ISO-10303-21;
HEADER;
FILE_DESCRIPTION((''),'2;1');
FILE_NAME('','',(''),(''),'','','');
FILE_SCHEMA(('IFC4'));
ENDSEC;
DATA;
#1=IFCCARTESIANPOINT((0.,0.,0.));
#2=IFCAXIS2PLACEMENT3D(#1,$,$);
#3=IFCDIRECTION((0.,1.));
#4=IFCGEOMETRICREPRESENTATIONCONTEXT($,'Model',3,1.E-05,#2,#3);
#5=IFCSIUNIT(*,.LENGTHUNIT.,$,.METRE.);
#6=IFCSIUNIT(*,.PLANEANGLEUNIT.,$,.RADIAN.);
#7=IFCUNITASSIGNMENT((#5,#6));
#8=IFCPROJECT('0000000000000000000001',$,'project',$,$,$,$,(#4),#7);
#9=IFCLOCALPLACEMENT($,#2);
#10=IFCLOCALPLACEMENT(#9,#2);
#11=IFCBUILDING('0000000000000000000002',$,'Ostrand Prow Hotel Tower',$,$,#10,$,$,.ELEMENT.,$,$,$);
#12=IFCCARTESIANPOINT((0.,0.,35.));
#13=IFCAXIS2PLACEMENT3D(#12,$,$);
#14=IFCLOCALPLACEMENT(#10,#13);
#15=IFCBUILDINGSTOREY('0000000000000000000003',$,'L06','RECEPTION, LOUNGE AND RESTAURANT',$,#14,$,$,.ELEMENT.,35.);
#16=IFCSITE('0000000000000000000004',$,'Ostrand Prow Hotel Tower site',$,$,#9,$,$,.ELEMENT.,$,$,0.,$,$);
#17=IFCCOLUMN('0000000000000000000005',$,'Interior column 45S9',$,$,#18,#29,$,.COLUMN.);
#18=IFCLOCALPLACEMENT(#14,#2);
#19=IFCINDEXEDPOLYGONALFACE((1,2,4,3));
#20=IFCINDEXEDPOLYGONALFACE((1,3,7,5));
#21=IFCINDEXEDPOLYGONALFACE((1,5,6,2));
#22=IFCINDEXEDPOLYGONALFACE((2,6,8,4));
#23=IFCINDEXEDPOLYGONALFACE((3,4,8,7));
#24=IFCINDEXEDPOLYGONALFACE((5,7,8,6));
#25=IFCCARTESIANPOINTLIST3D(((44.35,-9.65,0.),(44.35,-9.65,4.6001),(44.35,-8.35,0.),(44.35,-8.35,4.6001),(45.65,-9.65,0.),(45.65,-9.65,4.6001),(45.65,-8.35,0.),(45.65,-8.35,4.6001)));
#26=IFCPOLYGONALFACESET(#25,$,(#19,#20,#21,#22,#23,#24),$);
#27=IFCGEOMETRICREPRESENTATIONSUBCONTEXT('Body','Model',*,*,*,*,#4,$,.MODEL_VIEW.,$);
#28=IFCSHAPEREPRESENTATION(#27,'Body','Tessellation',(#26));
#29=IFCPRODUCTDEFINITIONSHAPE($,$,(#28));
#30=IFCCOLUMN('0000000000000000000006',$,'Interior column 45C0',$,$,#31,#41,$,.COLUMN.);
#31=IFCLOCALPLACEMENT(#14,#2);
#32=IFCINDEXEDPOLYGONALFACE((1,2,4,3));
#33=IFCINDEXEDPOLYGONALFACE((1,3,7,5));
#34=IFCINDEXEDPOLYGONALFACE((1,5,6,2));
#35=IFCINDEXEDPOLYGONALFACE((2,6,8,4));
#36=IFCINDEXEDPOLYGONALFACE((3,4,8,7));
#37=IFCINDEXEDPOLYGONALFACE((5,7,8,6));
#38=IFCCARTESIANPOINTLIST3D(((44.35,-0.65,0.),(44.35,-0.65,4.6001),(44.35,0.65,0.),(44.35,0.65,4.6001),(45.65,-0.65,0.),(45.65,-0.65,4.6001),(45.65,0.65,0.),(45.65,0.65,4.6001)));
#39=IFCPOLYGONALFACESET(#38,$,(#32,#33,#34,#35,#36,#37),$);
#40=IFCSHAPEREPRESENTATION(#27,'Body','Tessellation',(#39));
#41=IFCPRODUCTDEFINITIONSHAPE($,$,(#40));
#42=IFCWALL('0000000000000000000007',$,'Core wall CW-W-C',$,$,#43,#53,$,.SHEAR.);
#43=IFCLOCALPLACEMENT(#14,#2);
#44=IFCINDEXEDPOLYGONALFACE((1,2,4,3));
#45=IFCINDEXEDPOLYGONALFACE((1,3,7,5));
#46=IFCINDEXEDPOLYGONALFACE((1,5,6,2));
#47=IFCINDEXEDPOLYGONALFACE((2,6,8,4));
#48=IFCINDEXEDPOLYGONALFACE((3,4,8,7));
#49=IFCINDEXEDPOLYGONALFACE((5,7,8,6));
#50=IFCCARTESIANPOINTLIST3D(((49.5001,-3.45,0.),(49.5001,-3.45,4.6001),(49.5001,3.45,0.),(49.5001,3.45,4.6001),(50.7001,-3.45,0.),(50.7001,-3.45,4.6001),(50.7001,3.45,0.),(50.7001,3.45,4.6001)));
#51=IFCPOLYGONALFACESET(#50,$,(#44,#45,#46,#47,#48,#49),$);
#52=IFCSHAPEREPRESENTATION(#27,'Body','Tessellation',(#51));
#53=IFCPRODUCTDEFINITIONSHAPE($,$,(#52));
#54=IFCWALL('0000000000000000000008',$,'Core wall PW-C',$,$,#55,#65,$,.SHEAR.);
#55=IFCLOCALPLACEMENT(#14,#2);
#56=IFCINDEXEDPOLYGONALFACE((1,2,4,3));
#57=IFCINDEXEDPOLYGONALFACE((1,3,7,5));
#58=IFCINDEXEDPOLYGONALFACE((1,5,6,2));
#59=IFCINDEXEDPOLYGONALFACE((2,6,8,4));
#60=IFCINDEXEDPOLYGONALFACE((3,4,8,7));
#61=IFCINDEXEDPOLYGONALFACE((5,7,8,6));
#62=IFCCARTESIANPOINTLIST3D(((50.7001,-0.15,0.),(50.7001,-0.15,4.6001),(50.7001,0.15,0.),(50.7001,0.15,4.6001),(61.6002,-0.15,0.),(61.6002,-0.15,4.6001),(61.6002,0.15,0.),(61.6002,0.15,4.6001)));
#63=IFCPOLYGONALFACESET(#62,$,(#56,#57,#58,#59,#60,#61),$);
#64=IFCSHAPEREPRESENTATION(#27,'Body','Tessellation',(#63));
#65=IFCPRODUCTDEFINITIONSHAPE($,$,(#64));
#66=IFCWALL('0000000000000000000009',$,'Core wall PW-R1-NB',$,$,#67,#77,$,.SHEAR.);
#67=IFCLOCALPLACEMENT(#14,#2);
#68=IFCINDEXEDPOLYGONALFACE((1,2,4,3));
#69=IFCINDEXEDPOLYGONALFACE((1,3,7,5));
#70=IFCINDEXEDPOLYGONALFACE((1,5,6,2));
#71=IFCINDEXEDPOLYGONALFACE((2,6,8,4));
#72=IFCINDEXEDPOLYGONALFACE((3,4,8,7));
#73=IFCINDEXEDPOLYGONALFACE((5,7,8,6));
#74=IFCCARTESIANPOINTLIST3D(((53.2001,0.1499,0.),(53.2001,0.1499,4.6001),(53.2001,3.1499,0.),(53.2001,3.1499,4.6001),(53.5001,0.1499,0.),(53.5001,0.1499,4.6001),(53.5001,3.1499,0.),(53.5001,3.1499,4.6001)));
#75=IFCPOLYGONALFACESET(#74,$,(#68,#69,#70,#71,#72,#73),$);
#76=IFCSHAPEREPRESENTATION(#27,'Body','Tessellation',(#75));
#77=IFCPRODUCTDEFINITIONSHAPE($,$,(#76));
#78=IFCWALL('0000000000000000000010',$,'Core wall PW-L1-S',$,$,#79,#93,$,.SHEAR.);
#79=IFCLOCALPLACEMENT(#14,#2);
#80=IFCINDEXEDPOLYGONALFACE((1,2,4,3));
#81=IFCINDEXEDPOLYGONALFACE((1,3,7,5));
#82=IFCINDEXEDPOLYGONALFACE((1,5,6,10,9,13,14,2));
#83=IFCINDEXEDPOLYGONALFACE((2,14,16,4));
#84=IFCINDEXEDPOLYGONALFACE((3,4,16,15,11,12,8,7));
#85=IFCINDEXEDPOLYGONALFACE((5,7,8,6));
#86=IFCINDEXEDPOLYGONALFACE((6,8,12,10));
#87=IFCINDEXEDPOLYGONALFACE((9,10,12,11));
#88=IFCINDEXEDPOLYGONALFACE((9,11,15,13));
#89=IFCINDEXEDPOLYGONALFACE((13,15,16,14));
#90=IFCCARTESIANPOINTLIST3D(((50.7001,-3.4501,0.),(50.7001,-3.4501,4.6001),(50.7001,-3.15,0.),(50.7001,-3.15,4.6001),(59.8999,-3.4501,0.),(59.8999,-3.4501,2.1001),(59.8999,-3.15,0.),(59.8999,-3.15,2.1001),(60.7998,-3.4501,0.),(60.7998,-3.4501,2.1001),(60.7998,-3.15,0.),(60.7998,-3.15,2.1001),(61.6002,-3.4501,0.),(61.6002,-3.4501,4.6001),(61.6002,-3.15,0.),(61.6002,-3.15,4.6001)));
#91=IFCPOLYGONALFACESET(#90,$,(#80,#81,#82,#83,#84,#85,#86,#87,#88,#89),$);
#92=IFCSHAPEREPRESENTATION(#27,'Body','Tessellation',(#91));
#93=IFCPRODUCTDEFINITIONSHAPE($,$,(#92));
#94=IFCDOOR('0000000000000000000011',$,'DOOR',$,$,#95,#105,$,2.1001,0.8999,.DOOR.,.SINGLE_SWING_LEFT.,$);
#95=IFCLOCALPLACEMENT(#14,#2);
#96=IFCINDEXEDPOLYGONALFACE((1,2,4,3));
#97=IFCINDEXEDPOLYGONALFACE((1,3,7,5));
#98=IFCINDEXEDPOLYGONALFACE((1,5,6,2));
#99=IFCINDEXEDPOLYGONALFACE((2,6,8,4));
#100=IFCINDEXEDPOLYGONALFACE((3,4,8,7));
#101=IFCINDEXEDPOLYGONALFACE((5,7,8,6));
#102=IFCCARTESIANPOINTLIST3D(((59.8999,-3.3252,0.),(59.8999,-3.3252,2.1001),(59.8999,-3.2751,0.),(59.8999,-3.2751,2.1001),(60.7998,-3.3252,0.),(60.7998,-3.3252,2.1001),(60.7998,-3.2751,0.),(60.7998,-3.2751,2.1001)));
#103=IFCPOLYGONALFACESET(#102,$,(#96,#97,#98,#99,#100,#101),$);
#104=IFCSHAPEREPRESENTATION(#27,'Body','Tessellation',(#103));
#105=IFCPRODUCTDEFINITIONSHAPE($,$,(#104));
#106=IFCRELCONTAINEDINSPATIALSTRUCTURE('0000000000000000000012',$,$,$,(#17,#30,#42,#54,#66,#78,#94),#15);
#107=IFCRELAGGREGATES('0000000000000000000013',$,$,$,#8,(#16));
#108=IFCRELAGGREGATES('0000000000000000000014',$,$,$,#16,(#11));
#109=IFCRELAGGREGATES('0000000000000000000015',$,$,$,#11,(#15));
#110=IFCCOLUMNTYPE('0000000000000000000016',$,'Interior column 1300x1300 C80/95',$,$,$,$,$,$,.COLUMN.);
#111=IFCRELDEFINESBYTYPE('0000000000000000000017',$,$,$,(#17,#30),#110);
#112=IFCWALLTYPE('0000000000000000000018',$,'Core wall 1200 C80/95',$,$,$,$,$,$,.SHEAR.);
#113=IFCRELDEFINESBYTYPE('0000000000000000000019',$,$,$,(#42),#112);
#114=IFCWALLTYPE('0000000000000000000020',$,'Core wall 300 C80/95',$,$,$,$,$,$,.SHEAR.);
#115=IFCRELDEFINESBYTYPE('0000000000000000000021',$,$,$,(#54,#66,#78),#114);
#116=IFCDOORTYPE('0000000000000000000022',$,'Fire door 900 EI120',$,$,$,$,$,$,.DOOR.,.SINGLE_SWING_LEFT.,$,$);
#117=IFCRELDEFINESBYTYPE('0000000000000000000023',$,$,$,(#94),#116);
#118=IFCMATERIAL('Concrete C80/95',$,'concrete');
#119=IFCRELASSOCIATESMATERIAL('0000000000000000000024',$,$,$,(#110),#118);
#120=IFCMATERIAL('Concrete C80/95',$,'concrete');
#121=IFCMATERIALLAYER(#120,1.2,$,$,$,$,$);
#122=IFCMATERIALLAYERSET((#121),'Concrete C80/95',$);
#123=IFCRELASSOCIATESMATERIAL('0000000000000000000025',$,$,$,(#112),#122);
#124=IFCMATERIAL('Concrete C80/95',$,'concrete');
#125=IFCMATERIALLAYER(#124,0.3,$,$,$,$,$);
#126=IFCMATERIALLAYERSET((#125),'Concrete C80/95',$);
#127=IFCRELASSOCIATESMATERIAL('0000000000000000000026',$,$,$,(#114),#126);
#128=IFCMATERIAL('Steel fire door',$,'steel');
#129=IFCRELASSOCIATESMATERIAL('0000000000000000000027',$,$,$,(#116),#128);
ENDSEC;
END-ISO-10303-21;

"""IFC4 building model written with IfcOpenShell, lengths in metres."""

from ifc_helpers import new_model, si_unit, direction, frame, frame_2d, origin, origin_2d, place, context, subcontext, project, spatial, rectangle, extrude, material, layer, layer_set, material_profile, profile_set, type_object, element, fill, save


model = new_model("IFC4")

# Units and contexts
model_context = context("Model", 3, precision=1e-05, world=origin(), true_north=direction((0.0, 1.0)))
body_context = subcontext(model_context, "Body", "Model", "MODEL_VIEW")
ifc_project = project(units=[si_unit("LENGTHUNIT", "METRE"), si_unit("PLANEANGLEUNIT", "RADIAN")], contexts=[model_context])

# Site, building, storey
site_placement = place(None, origin())
site = spatial("IfcSite", under=ifc_project, at=site_placement, Name="Ostrand Prow Hotel Tower site", CompositionType="ELEMENT", RefElevation=0.0)
building_placement = place(site_placement, origin())
building = spatial("IfcBuilding", under=site, at=building_placement, Name="Ostrand Prow Hotel Tower", CompositionType="ELEMENT")
storey_placement = place(building_placement, frame((0.0, 0.0, 35.0)))
storey = spatial("IfcBuildingStorey", under=building, at=storey_placement, Name="L06", Description="RECEPTION, LOUNGE AND RESTAURANT", CompositionType="ELEMENT", Elevation=35.0)

# Columns
ifc_material_1 = material(Name="Concrete C80/95", Category="concrete")
ifc_material_profile = material_profile(ifc_material_1, rectangle(XDim=1.3, YDim=1.3, at=origin_2d()), Name="RC 1300x1300")
ifc_profile_set = profile_set([ifc_material_profile], Name="Concrete C80/95")
column_type = type_object("IfcColumnType", Name="Interior column 1300x1300 C80/95", PredefinedType="COLUMN", material=ifc_profile_set)
for number, where, z_axis, x_axis, name in (
    (1, (45.0, -9.0, 0.0), (0.0, 0.0, 1.0), (1.0, 0.0, 0.0), "Interior column 45S9"),
    (2, (45.0, 0.0, 0.0), (0.0, 0.0, 1.0), (1.0, 0.0, 0.0), "Interior column 45C0"),
):
    element("IfcColumn", number, at=place(storey_placement, frame(where, z_axis=z_axis, x_axis=x_axis)), inside=storey, type_object=column_type, Name=name, PredefinedType="COLUMN", context=body_context, shape_type="SweptSolid", body=[
        extrude(rectangle(XDim=1.3, YDim=1.3, at=origin_2d()), origin(), (0.0, 0.0, 1.0), 4.6001),
    ])

# Walls
ifc_material_2 = material(Name="Concrete C80/95", Category="concrete")
ifc_layer_1 = layer(ifc_material_2, 1.2)
ifc_layer_set_1 = layer_set([ifc_layer_1], Name="Concrete C80/95")
wall_type_1 = type_object("IfcWallType", Name="Core wall 1200 C80/95", PredefinedType="SHEAR", material=ifc_layer_set_1)
wall_1_placement = place(storey_placement, frame((50.1001, -3.45, 0.0), z_axis=(0.0, 0.0, 1.0), x_axis=(0.0, 1.0, 0.0)))
element("IfcWall", 3, at=wall_1_placement, inside=storey, type_object=wall_type_1, Name="Core wall CW-W-C", PredefinedType="SHEAR", context=body_context, shape_type="SweptSolid", body=[
    extrude(rectangle(XDim=6.8999, YDim=1.2, at=frame_2d((3.45, 0.0))), origin(), (0.0, 0.0, 1.0), 4.6001),
])
ifc_material_3 = material(Name="Concrete C80/95", Category="concrete")
ifc_layer_2 = layer(ifc_material_3, 0.3)
ifc_layer_set_2 = layer_set([ifc_layer_2], Name="Concrete C80/95")
wall_type_2 = type_object("IfcWallType", Name="Core wall 300 C80/95", PredefinedType="SHEAR", material=ifc_layer_set_2)
wall_2_placement = place(storey_placement, frame((50.7, 0.0, 0.0), z_axis=(0.0, 0.0, 1.0), x_axis=(1.0, 0.0, 0.0)))
element("IfcWall", 4, at=wall_2_placement, inside=storey, type_object=wall_type_2, Name="Core wall PW-C", PredefinedType="SHEAR", context=body_context, shape_type="SweptSolid", body=[
    extrude(rectangle(XDim=10.9001, YDim=0.3, at=frame_2d((5.4502, 0.0))), origin(), (0.0, 0.0, 1.0), 4.6001),
])
wall_3_placement = place(storey_placement, frame((53.3501, 0.1499, 0.0), z_axis=(0.0, 0.0, 1.0), x_axis=(0.0, 1.0, 0.0)))
element("IfcWall", 5, at=wall_3_placement, inside=storey, type_object=wall_type_2, Name="Core wall PW-R1-NB", PredefinedType="SHEAR", context=body_context, shape_type="SweptSolid", body=[
    extrude(rectangle(XDim=3.0, YDim=0.3, at=frame_2d((1.5, 0.0))), origin(), (0.0, 0.0, 1.0), 4.6001),
])

# Wall, opening, door
wall_4_placement = place(storey_placement, frame((50.7, -3.3, 0.0), z_axis=(0.0, 0.0, 1.0), x_axis=(1.0, 0.0, 0.0)))
wall_4 = element("IfcWall", 6, at=wall_4_placement, inside=storey, type_object=wall_type_2, Name="Core wall PW-L1-S", PredefinedType="SHEAR", context=body_context, shape_type="SweptSolid", body=[
    extrude(rectangle(XDim=10.9001, YDim=0.3, at=frame_2d((5.4502, 0.0))), origin(), (0.0, 0.0, 1.0), 4.6001),
])
opening_1_placement = place(wall_4_placement, frame((9.2, 0.0, 0.0)))
opening_1 = element("IfcOpeningElement", 7, at=opening_1_placement, cuts=wall_4, PredefinedType="OPENING", context=body_context, shape_type="SweptSolid", body=[
    extrude(rectangle(XDim=0.8999, YDim=2.1001, at=frame_2d((0.45, 1.05))), frame((0.0, 0.1599, 0.0), z_axis=(0.0, -1.0, 0.0), x_axis=(1.0, 0.0, 0.0)), (0.0, 0.0, 1.0), 0.3201),
])
ifc_material_4 = material(Name="Steel fire door", Category="steel")
door_type_1 = type_object("IfcDoorType", Name="Fire door 900 EI120", OperationType="SINGLE_SWING_LEFT", PredefinedType="DOOR", material=ifc_material_4)
door_1_placement = place(opening_1_placement, origin())
door_1 = element("IfcDoor", 8, at=door_1_placement, inside=storey, type_object=door_type_1, Name="DOOR", OperationType="SINGLE_SWING_LEFT", OverallHeight=2.1001, OverallWidth=0.8999, PredefinedType="DOOR", context=body_context, shape_type="SweptSolid", body=[
    extrude(rectangle(XDim=0.8999, YDim=2.1001, at=frame_2d((0.45, 1.05))), frame((0.0, 0.0249, 0.0), z_axis=(0.0, -1.0, 0.0), x_axis=(1.0, 0.0, 0.0)), (0.0, 0.0, 1.0), 0.05),
])
fill(opening_1, door_1)

save(model, "model.ifc")
